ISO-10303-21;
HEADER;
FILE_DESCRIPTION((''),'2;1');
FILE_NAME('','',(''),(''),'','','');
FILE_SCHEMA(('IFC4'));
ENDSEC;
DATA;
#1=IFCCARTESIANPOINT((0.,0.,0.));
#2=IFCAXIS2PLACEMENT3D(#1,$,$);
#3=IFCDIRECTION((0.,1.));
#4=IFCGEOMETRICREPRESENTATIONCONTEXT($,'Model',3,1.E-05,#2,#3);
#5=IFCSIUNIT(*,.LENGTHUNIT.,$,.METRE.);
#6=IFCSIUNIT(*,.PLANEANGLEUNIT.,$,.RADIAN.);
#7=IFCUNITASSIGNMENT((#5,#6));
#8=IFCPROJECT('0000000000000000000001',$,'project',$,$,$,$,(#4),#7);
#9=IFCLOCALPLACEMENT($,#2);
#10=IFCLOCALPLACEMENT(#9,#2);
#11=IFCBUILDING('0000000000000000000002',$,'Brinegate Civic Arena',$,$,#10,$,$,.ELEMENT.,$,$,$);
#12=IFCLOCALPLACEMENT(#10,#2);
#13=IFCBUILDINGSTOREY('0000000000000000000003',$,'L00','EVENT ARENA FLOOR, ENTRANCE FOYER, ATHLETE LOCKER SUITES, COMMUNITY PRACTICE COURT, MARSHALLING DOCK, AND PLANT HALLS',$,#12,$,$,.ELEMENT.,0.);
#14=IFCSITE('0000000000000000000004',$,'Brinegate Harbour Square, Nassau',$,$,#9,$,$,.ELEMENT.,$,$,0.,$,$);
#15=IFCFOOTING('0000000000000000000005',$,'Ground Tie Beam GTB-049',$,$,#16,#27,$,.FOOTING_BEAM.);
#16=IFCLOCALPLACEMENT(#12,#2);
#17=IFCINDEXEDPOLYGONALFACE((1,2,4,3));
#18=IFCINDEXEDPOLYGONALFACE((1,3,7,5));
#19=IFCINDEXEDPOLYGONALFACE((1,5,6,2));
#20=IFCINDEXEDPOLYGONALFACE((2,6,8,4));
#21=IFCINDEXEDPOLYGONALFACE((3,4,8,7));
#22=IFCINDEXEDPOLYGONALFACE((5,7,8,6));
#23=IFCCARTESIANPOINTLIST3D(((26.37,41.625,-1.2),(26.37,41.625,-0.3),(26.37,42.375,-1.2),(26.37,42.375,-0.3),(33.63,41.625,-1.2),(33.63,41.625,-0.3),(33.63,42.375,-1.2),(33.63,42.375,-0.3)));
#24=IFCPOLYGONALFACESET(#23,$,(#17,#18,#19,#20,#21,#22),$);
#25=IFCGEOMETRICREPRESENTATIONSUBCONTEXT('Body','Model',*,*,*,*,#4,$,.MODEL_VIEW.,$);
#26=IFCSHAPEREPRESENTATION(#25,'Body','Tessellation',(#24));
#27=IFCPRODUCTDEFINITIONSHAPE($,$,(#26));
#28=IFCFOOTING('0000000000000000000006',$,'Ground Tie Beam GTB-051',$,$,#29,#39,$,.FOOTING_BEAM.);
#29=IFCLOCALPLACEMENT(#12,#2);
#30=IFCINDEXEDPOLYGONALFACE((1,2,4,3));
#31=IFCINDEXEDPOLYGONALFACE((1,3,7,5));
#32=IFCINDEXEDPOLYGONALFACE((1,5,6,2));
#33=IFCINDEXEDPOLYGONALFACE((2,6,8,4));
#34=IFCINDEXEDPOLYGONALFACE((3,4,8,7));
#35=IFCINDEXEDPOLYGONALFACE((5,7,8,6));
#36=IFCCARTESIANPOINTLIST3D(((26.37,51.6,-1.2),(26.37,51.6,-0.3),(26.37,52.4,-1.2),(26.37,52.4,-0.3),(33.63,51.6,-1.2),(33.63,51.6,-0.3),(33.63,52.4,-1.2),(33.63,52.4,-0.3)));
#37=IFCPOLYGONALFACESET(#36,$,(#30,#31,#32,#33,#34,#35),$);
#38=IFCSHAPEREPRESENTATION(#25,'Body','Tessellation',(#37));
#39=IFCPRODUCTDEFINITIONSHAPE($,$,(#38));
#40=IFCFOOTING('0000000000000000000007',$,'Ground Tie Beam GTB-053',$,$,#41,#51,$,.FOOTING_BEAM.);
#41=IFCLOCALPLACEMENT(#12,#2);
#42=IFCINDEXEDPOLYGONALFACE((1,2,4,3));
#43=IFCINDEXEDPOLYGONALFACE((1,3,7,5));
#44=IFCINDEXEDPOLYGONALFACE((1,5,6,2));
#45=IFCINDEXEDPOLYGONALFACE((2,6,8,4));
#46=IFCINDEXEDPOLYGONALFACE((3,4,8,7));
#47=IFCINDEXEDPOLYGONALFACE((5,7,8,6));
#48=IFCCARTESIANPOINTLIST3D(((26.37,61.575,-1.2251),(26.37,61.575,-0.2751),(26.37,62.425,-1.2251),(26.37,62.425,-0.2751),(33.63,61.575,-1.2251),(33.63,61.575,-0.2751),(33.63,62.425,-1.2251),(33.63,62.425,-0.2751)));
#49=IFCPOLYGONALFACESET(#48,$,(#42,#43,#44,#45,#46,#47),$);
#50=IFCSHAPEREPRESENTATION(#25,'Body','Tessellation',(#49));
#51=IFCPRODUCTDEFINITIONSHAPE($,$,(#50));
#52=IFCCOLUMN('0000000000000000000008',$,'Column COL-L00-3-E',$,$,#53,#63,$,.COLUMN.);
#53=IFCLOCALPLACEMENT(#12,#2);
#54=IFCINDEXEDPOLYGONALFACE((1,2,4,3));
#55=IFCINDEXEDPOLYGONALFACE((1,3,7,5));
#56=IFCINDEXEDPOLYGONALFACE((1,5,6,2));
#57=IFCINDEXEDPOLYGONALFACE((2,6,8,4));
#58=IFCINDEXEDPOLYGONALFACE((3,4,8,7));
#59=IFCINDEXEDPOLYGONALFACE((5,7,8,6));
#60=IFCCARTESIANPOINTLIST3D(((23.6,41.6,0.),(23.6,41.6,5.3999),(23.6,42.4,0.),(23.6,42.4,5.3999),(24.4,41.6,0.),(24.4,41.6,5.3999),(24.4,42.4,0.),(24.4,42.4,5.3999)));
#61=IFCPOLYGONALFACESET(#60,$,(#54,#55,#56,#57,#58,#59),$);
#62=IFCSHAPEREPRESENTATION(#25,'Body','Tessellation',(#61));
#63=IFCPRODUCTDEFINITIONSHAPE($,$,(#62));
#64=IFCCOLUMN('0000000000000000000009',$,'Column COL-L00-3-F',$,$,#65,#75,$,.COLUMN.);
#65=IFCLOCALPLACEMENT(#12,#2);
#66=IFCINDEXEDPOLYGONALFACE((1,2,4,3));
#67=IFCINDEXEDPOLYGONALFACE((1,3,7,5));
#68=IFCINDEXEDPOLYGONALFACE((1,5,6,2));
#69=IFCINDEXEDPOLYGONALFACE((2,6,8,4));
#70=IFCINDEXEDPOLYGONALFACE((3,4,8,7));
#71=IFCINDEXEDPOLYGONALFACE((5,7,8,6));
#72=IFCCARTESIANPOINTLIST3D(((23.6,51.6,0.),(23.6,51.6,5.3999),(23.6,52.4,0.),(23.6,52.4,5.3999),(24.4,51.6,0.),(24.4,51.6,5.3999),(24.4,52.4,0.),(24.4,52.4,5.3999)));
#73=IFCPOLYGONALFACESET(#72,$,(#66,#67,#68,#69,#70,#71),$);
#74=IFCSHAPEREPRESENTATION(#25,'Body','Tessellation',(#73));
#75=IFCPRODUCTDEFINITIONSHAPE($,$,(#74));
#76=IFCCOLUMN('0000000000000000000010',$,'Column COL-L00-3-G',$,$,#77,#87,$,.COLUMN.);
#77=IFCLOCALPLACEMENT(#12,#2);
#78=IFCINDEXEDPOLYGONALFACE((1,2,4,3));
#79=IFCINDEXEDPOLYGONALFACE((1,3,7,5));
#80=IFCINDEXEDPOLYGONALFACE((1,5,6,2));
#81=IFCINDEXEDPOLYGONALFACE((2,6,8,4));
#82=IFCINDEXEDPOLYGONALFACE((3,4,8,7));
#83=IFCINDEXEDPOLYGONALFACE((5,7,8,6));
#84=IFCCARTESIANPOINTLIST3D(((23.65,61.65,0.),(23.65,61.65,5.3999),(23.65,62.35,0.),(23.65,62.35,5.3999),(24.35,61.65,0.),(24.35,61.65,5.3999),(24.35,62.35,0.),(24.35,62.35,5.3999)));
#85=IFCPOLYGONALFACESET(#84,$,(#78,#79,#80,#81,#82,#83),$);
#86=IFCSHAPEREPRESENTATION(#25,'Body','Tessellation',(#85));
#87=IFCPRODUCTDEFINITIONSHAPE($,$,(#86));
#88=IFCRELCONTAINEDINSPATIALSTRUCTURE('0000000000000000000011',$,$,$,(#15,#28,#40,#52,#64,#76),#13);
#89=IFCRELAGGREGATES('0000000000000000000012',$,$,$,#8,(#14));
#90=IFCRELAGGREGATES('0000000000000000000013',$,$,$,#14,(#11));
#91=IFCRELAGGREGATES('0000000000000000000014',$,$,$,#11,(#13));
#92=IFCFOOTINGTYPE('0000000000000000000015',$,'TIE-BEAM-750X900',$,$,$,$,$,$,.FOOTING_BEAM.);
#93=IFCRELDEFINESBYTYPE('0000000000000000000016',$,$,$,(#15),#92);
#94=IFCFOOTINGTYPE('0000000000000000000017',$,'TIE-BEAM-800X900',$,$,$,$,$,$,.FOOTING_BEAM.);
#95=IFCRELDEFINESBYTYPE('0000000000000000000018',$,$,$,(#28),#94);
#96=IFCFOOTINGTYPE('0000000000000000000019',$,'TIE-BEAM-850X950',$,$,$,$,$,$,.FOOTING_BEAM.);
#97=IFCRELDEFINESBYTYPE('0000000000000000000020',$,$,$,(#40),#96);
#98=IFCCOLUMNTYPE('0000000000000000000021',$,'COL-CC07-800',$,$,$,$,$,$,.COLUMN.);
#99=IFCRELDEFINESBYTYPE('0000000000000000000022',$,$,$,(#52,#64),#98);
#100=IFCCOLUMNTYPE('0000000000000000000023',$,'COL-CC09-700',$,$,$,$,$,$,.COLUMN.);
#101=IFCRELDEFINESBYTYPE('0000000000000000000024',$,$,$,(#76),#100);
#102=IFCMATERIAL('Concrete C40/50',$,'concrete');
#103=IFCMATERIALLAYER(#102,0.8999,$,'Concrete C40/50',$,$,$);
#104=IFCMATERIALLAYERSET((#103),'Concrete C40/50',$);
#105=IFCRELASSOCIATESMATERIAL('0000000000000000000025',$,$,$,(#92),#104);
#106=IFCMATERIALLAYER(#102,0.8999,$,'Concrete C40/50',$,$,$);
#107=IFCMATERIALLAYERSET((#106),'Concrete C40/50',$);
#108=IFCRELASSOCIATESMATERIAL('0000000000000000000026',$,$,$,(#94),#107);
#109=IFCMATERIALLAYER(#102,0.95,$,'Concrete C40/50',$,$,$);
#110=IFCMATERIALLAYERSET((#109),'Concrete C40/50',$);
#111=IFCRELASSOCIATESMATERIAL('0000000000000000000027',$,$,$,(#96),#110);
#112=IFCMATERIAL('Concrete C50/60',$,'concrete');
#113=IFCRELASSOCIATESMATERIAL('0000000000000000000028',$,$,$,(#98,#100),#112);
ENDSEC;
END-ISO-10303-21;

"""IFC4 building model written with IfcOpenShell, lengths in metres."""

from ifc_helpers import new_model, si_unit, direction, frame, origin, origin_2d, place, context, subcontext, project, spatial, rectangle, extrude, material, layer, layer_set, material_profile, profile_set, type_object, element, save


model = new_model("IFC4")

# Units and contexts
model_context = context("Model", 3, precision=1e-05, world=origin(), true_north=direction((0.0, 1.0)))
body_context = subcontext(model_context, "Body", "Model", "MODEL_VIEW")
ifc_project = project(units=[si_unit("LENGTHUNIT", "METRE"), si_unit("PLANEANGLEUNIT", "RADIAN")], contexts=[model_context])

# Site, building, storey
site_placement = place(None, origin())
site = spatial("IfcSite", under=ifc_project, at=site_placement, Name="Brinegate Harbour Square, Nassau", CompositionType="ELEMENT", RefElevation=0.0)
building_placement = place(site_placement, origin())
building = spatial("IfcBuilding", under=site, at=building_placement, Name="Brinegate Civic Arena", CompositionType="ELEMENT")
storey_placement = place(building_placement, origin())
storey = spatial("IfcBuildingStorey", under=building, at=storey_placement, Name="L00", Description="EVENT ARENA FLOOR, ENTRANCE FOYER, ATHLETE LOCKER SUITES, COMMUNITY PRACTICE COURT, MARSHALLING DOCK, AND PLANT HALLS", CompositionType="ELEMENT", Elevation=0.0)

# Shared definitions
ifc_material_1 = material(Name="Concrete C40/50", Category="concrete")

# Footings
ifc_layer_1 = layer(ifc_material_1, 0.8999, Name="Concrete C40/50")
ifc_layer_set_1 = layer_set([ifc_layer_1], Name="Concrete C40/50")
footing_type_1 = type_object("IfcFootingType", Name="TIE-BEAM-750X900", PredefinedType="FOOTING_BEAM", material=ifc_layer_set_1)
footing_1_placement = place(storey_placement, frame((30.0, 42.0, -1.2), z_axis=(0.0, 0.0, 1.0), x_axis=(1.0, 0.0, 0.0)))
element("IfcFooting", 1, at=footing_1_placement, inside=storey, type_object=footing_type_1, Name="Ground Tie Beam GTB-049", PredefinedType="FOOTING_BEAM", context=body_context, shape_type="SweptSolid", body=[
    extrude(rectangle(XDim=7.26, YDim=0.75, at=origin_2d()), origin(), (0.0, 0.0, 1.0), 0.8999),
])
ifc_layer_2 = layer(ifc_material_1, 0.8999, Name="Concrete C40/50")
ifc_layer_set_2 = layer_set([ifc_layer_2], Name="Concrete C40/50")
footing_type_2 = type_object("IfcFootingType", Name="TIE-BEAM-800X900", PredefinedType="FOOTING_BEAM", material=ifc_layer_set_2)
footing_2_placement = place(storey_placement, frame((30.0, 52.0, -1.2), z_axis=(0.0, 0.0, 1.0), x_axis=(1.0, 0.0, 0.0)))
element("IfcFooting", 2, at=footing_2_placement, inside=storey, type_object=footing_type_2, Name="Ground Tie Beam GTB-051", PredefinedType="FOOTING_BEAM", context=body_context, shape_type="SweptSolid", body=[
    extrude(rectangle(XDim=7.26, YDim=0.8, at=origin_2d()), origin(), (0.0, 0.0, 1.0), 0.8999),
])
ifc_layer_3 = layer(ifc_material_1, 0.95, Name="Concrete C40/50")
ifc_layer_set_3 = layer_set([ifc_layer_3], Name="Concrete C40/50")
footing_type_3 = type_object("IfcFootingType", Name="TIE-BEAM-850X950", PredefinedType="FOOTING_BEAM", material=ifc_layer_set_3)
footing_3_placement = place(storey_placement, frame((30.0, 62.0, -1.2251), z_axis=(0.0, 0.0, 1.0), x_axis=(1.0, 0.0, 0.0)))
element("IfcFooting", 3, at=footing_3_placement, inside=storey, type_object=footing_type_3, Name="Ground Tie Beam GTB-053", PredefinedType="FOOTING_BEAM", context=body_context, shape_type="SweptSolid", body=[
    extrude(rectangle(XDim=7.26, YDim=0.8501, at=origin_2d()), origin(), (0.0, 0.0, 1.0), 0.95),
])

# Columns
ifc_material_2 = material(Name="Concrete C50/60", Category="concrete")
ifc_material_profile_1 = material_profile(ifc_material_2, rectangle(XDim=0.8, YDim=0.8, at=origin_2d()), Name="RC800X800")
ifc_profile_set_1 = profile_set([ifc_material_profile_1], Name="Concrete C50/60")
column_type_1 = type_object("IfcColumnType", Name="COL-CC07-800", PredefinedType="COLUMN", material=ifc_profile_set_1)
for number, where, z_axis, x_axis, name in (
    (4, (24.0, 42.0, 0.0), (0.0, 0.0, 1.0), (1.0, 0.0, 0.0), "Column COL-L00-3-E"),
    (5, (24.0, 52.0, 0.0), (0.0, 0.0, 1.0), (1.0, 0.0, 0.0), "Column COL-L00-3-F"),
):
    element("IfcColumn", number, at=place(storey_placement, frame(where, z_axis=z_axis, x_axis=x_axis)), inside=storey, type_object=column_type_1, Name=name, PredefinedType="COLUMN", context=body_context, shape_type="SweptSolid", body=[
        extrude(rectangle(XDim=0.8, YDim=0.8, at=origin_2d()), origin(), (0.0, 0.0, 1.0), 5.3999),
    ])
ifc_material_profile_2 = material_profile(ifc_material_2, rectangle(XDim=0.7, YDim=0.7, at=origin_2d()), Name="RC700X700")
ifc_profile_set_2 = profile_set([ifc_material_profile_2], Name="Concrete C50/60")
column_type_2 = type_object("IfcColumnType", Name="COL-CC09-700", PredefinedType="COLUMN", material=ifc_profile_set_2)
column_placement = place(storey_placement, frame((24.0, 62.0, 0.0), z_axis=(0.0, 0.0, 1.0), x_axis=(1.0, 0.0, 0.0)))
element("IfcColumn", 6, at=column_placement, inside=storey, type_object=column_type_2, Name="Column COL-L00-3-G", PredefinedType="COLUMN", context=body_context, shape_type="SweptSolid", body=[
    extrude(rectangle(XDim=0.7, YDim=0.7, at=origin_2d()), origin(), (0.0, 0.0, 1.0), 5.3999),
])

save(model, "model.ifc")
